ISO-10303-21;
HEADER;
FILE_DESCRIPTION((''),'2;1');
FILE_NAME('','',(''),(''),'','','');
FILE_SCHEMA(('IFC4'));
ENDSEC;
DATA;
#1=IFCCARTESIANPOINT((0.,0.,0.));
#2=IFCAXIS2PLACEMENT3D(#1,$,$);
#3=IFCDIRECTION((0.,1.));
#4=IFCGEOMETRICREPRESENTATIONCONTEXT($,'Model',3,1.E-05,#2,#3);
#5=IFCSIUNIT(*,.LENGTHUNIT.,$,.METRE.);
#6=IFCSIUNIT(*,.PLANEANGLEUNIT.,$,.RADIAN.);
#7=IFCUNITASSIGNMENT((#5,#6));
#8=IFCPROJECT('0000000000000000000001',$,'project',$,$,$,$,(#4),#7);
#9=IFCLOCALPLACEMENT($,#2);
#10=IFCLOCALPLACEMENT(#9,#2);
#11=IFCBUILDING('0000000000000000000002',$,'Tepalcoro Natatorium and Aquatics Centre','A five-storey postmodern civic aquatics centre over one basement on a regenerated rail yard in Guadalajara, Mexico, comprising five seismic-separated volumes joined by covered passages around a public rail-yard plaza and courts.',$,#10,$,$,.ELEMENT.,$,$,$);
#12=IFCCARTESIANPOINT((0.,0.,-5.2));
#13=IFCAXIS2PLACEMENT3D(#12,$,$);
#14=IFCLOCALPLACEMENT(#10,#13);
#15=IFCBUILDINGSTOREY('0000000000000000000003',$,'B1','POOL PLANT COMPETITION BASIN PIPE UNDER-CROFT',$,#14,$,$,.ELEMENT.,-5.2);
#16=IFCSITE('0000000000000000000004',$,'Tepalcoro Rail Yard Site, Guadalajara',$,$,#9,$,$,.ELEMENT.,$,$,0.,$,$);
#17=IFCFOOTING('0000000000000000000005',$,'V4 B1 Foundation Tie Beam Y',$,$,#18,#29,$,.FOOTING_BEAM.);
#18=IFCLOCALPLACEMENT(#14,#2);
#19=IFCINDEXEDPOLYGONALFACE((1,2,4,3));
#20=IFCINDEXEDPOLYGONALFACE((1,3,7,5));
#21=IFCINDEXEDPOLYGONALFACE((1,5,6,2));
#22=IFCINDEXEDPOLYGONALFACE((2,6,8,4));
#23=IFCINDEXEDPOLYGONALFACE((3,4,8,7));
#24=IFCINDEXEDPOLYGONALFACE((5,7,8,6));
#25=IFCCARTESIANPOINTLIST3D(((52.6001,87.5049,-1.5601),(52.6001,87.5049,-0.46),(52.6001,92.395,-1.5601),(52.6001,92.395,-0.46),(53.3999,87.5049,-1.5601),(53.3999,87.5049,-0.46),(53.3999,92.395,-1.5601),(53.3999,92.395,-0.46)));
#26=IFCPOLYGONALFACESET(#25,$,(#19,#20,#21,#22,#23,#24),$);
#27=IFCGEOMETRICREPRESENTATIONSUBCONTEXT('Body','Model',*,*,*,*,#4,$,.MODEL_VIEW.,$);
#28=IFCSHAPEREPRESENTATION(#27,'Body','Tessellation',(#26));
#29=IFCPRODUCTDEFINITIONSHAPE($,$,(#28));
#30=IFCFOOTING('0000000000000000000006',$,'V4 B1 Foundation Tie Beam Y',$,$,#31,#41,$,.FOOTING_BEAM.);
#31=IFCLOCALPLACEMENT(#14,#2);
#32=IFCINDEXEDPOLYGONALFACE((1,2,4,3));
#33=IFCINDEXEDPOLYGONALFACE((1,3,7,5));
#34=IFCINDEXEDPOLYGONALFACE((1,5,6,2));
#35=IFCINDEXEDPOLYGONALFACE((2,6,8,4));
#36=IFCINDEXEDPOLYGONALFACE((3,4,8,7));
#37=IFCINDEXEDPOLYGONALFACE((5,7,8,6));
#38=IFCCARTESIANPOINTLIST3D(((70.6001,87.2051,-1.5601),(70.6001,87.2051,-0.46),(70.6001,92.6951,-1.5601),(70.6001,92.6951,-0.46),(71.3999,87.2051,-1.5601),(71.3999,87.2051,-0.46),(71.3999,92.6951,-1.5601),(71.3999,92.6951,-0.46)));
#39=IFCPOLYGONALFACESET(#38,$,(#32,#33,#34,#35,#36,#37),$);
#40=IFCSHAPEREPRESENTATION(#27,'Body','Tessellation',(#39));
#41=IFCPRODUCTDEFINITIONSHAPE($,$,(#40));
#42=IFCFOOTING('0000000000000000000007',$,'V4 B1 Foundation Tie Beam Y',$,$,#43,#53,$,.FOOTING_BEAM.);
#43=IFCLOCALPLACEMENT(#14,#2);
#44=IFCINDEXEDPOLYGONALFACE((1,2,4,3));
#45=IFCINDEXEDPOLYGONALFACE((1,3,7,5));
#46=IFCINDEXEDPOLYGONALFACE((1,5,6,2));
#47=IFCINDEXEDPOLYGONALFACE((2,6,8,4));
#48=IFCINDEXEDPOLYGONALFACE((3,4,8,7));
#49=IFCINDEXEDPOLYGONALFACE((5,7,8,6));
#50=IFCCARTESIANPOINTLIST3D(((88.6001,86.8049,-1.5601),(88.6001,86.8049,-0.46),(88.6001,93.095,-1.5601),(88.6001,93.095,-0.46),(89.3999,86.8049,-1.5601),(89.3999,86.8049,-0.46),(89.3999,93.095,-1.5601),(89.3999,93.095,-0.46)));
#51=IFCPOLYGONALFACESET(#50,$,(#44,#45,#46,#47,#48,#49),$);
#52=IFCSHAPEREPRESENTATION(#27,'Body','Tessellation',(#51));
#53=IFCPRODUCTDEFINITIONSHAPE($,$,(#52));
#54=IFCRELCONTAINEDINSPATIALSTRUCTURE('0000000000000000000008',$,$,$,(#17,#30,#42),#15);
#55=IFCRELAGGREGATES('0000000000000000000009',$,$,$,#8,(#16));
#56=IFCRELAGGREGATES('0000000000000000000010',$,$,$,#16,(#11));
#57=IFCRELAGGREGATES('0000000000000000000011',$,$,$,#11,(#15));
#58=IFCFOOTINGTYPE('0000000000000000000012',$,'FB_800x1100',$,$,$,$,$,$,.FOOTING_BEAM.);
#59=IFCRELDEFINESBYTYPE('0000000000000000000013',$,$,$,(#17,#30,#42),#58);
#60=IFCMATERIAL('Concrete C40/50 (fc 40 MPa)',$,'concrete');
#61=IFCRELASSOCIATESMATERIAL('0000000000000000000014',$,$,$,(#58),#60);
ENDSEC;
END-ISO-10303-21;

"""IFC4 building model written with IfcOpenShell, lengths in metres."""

from ifc_helpers import new_model, si_unit, direction, frame, origin, place, context, subcontext, project, spatial, polyline, outline, extrude, material, type_object, element, save


model = new_model("IFC4")

# Units and contexts
model_context = context("Model", 3, precision=1e-05, world=origin(), true_north=direction((0.0, 1.0)))
body_context = subcontext(model_context, "Body", "Model", "MODEL_VIEW")
ifc_project = project(units=[si_unit("LENGTHUNIT", "METRE"), si_unit("PLANEANGLEUNIT", "RADIAN")], contexts=[model_context])

# Site, building, storey
site_placement = place(None, origin())
site = spatial("IfcSite", under=ifc_project, at=site_placement, Name="Tepalcoro Rail Yard Site, Guadalajara", CompositionType="ELEMENT", RefElevation=0.0)
building_placement = place(site_placement, origin())
building = spatial("IfcBuilding", under=site, at=building_placement, Name="Tepalcoro Natatorium and Aquatics Centre", Description="A five-storey postmodern civic aquatics centre over one basement on a regenerated rail yard in Guadalajara, Mexico, comprising five seismic-separated volumes joined by covered passages around a public rail-yard plaza and courts.", CompositionType="ELEMENT")
storey_placement = place(building_placement, frame((0.0, 0.0, -5.2)))
storey = spatial("IfcBuildingStorey", under=building, at=storey_placement, Name="B1", Description="POOL PLANT COMPETITION BASIN PIPE UNDER-CROFT", CompositionType="ELEMENT", Elevation=-5.2)

# Footings
ifc_material = material(Name="Concrete C40/50 (fc 40 MPa)", Category="concrete")
footing_type_1 = type_object("IfcFootingType", Name="FB_800x1100", PredefinedType="FOOTING_BEAM", material=ifc_material)
footing_1_placement = place(storey_placement, frame((0.0, 0.0, -1.5601)))
element("IfcFooting", 1, at=footing_1_placement, inside=storey, type_object=footing_type_1, Name="V4 B1 Foundation Tie Beam Y", PredefinedType="FOOTING_BEAM", context=body_context, shape_type="SweptSolid", body=[
    extrude(outline(polyline([(53.3999, 87.5049), (53.3999, 92.395), (52.6001, 92.395), (52.6001, 87.5049), (53.3999, 87.5049)])), origin(), (0.0, 0.0, 1.0), 1.1001),
])
footing_2_placement = place(storey_placement, frame((0.0, 0.0, -1.5601)))
element("IfcFooting", 2, at=footing_2_placement, inside=storey, type_object=footing_type_1, Name="V4 B1 Foundation Tie Beam Y", PredefinedType="FOOTING_BEAM", context=body_context, shape_type="SweptSolid", body=[
    extrude(outline(polyline([(71.3999, 87.2051), (71.3999, 92.6951), (70.6001, 92.6951), (70.6001, 87.2051), (71.3999, 87.2051)])), origin(), (0.0, 0.0, 1.0), 1.1001),
])
footing_3_placement = place(storey_placement, frame((0.0, 0.0, -1.5601)))
element("IfcFooting", 3, at=footing_3_placement, inside=storey, type_object=footing_type_1, Name="V4 B1 Foundation Tie Beam Y", PredefinedType="FOOTING_BEAM", context=body_context, shape_type="SweptSolid", body=[
    extrude(outline(polyline([(89.3999, 86.8049), (89.3999, 93.095), (88.6001, 93.095), (88.6001, 86.8049), (89.3999, 86.8049)])), origin(), (0.0, 0.0, 1.0), 1.1001),
])

save(model, "model.ifc")
